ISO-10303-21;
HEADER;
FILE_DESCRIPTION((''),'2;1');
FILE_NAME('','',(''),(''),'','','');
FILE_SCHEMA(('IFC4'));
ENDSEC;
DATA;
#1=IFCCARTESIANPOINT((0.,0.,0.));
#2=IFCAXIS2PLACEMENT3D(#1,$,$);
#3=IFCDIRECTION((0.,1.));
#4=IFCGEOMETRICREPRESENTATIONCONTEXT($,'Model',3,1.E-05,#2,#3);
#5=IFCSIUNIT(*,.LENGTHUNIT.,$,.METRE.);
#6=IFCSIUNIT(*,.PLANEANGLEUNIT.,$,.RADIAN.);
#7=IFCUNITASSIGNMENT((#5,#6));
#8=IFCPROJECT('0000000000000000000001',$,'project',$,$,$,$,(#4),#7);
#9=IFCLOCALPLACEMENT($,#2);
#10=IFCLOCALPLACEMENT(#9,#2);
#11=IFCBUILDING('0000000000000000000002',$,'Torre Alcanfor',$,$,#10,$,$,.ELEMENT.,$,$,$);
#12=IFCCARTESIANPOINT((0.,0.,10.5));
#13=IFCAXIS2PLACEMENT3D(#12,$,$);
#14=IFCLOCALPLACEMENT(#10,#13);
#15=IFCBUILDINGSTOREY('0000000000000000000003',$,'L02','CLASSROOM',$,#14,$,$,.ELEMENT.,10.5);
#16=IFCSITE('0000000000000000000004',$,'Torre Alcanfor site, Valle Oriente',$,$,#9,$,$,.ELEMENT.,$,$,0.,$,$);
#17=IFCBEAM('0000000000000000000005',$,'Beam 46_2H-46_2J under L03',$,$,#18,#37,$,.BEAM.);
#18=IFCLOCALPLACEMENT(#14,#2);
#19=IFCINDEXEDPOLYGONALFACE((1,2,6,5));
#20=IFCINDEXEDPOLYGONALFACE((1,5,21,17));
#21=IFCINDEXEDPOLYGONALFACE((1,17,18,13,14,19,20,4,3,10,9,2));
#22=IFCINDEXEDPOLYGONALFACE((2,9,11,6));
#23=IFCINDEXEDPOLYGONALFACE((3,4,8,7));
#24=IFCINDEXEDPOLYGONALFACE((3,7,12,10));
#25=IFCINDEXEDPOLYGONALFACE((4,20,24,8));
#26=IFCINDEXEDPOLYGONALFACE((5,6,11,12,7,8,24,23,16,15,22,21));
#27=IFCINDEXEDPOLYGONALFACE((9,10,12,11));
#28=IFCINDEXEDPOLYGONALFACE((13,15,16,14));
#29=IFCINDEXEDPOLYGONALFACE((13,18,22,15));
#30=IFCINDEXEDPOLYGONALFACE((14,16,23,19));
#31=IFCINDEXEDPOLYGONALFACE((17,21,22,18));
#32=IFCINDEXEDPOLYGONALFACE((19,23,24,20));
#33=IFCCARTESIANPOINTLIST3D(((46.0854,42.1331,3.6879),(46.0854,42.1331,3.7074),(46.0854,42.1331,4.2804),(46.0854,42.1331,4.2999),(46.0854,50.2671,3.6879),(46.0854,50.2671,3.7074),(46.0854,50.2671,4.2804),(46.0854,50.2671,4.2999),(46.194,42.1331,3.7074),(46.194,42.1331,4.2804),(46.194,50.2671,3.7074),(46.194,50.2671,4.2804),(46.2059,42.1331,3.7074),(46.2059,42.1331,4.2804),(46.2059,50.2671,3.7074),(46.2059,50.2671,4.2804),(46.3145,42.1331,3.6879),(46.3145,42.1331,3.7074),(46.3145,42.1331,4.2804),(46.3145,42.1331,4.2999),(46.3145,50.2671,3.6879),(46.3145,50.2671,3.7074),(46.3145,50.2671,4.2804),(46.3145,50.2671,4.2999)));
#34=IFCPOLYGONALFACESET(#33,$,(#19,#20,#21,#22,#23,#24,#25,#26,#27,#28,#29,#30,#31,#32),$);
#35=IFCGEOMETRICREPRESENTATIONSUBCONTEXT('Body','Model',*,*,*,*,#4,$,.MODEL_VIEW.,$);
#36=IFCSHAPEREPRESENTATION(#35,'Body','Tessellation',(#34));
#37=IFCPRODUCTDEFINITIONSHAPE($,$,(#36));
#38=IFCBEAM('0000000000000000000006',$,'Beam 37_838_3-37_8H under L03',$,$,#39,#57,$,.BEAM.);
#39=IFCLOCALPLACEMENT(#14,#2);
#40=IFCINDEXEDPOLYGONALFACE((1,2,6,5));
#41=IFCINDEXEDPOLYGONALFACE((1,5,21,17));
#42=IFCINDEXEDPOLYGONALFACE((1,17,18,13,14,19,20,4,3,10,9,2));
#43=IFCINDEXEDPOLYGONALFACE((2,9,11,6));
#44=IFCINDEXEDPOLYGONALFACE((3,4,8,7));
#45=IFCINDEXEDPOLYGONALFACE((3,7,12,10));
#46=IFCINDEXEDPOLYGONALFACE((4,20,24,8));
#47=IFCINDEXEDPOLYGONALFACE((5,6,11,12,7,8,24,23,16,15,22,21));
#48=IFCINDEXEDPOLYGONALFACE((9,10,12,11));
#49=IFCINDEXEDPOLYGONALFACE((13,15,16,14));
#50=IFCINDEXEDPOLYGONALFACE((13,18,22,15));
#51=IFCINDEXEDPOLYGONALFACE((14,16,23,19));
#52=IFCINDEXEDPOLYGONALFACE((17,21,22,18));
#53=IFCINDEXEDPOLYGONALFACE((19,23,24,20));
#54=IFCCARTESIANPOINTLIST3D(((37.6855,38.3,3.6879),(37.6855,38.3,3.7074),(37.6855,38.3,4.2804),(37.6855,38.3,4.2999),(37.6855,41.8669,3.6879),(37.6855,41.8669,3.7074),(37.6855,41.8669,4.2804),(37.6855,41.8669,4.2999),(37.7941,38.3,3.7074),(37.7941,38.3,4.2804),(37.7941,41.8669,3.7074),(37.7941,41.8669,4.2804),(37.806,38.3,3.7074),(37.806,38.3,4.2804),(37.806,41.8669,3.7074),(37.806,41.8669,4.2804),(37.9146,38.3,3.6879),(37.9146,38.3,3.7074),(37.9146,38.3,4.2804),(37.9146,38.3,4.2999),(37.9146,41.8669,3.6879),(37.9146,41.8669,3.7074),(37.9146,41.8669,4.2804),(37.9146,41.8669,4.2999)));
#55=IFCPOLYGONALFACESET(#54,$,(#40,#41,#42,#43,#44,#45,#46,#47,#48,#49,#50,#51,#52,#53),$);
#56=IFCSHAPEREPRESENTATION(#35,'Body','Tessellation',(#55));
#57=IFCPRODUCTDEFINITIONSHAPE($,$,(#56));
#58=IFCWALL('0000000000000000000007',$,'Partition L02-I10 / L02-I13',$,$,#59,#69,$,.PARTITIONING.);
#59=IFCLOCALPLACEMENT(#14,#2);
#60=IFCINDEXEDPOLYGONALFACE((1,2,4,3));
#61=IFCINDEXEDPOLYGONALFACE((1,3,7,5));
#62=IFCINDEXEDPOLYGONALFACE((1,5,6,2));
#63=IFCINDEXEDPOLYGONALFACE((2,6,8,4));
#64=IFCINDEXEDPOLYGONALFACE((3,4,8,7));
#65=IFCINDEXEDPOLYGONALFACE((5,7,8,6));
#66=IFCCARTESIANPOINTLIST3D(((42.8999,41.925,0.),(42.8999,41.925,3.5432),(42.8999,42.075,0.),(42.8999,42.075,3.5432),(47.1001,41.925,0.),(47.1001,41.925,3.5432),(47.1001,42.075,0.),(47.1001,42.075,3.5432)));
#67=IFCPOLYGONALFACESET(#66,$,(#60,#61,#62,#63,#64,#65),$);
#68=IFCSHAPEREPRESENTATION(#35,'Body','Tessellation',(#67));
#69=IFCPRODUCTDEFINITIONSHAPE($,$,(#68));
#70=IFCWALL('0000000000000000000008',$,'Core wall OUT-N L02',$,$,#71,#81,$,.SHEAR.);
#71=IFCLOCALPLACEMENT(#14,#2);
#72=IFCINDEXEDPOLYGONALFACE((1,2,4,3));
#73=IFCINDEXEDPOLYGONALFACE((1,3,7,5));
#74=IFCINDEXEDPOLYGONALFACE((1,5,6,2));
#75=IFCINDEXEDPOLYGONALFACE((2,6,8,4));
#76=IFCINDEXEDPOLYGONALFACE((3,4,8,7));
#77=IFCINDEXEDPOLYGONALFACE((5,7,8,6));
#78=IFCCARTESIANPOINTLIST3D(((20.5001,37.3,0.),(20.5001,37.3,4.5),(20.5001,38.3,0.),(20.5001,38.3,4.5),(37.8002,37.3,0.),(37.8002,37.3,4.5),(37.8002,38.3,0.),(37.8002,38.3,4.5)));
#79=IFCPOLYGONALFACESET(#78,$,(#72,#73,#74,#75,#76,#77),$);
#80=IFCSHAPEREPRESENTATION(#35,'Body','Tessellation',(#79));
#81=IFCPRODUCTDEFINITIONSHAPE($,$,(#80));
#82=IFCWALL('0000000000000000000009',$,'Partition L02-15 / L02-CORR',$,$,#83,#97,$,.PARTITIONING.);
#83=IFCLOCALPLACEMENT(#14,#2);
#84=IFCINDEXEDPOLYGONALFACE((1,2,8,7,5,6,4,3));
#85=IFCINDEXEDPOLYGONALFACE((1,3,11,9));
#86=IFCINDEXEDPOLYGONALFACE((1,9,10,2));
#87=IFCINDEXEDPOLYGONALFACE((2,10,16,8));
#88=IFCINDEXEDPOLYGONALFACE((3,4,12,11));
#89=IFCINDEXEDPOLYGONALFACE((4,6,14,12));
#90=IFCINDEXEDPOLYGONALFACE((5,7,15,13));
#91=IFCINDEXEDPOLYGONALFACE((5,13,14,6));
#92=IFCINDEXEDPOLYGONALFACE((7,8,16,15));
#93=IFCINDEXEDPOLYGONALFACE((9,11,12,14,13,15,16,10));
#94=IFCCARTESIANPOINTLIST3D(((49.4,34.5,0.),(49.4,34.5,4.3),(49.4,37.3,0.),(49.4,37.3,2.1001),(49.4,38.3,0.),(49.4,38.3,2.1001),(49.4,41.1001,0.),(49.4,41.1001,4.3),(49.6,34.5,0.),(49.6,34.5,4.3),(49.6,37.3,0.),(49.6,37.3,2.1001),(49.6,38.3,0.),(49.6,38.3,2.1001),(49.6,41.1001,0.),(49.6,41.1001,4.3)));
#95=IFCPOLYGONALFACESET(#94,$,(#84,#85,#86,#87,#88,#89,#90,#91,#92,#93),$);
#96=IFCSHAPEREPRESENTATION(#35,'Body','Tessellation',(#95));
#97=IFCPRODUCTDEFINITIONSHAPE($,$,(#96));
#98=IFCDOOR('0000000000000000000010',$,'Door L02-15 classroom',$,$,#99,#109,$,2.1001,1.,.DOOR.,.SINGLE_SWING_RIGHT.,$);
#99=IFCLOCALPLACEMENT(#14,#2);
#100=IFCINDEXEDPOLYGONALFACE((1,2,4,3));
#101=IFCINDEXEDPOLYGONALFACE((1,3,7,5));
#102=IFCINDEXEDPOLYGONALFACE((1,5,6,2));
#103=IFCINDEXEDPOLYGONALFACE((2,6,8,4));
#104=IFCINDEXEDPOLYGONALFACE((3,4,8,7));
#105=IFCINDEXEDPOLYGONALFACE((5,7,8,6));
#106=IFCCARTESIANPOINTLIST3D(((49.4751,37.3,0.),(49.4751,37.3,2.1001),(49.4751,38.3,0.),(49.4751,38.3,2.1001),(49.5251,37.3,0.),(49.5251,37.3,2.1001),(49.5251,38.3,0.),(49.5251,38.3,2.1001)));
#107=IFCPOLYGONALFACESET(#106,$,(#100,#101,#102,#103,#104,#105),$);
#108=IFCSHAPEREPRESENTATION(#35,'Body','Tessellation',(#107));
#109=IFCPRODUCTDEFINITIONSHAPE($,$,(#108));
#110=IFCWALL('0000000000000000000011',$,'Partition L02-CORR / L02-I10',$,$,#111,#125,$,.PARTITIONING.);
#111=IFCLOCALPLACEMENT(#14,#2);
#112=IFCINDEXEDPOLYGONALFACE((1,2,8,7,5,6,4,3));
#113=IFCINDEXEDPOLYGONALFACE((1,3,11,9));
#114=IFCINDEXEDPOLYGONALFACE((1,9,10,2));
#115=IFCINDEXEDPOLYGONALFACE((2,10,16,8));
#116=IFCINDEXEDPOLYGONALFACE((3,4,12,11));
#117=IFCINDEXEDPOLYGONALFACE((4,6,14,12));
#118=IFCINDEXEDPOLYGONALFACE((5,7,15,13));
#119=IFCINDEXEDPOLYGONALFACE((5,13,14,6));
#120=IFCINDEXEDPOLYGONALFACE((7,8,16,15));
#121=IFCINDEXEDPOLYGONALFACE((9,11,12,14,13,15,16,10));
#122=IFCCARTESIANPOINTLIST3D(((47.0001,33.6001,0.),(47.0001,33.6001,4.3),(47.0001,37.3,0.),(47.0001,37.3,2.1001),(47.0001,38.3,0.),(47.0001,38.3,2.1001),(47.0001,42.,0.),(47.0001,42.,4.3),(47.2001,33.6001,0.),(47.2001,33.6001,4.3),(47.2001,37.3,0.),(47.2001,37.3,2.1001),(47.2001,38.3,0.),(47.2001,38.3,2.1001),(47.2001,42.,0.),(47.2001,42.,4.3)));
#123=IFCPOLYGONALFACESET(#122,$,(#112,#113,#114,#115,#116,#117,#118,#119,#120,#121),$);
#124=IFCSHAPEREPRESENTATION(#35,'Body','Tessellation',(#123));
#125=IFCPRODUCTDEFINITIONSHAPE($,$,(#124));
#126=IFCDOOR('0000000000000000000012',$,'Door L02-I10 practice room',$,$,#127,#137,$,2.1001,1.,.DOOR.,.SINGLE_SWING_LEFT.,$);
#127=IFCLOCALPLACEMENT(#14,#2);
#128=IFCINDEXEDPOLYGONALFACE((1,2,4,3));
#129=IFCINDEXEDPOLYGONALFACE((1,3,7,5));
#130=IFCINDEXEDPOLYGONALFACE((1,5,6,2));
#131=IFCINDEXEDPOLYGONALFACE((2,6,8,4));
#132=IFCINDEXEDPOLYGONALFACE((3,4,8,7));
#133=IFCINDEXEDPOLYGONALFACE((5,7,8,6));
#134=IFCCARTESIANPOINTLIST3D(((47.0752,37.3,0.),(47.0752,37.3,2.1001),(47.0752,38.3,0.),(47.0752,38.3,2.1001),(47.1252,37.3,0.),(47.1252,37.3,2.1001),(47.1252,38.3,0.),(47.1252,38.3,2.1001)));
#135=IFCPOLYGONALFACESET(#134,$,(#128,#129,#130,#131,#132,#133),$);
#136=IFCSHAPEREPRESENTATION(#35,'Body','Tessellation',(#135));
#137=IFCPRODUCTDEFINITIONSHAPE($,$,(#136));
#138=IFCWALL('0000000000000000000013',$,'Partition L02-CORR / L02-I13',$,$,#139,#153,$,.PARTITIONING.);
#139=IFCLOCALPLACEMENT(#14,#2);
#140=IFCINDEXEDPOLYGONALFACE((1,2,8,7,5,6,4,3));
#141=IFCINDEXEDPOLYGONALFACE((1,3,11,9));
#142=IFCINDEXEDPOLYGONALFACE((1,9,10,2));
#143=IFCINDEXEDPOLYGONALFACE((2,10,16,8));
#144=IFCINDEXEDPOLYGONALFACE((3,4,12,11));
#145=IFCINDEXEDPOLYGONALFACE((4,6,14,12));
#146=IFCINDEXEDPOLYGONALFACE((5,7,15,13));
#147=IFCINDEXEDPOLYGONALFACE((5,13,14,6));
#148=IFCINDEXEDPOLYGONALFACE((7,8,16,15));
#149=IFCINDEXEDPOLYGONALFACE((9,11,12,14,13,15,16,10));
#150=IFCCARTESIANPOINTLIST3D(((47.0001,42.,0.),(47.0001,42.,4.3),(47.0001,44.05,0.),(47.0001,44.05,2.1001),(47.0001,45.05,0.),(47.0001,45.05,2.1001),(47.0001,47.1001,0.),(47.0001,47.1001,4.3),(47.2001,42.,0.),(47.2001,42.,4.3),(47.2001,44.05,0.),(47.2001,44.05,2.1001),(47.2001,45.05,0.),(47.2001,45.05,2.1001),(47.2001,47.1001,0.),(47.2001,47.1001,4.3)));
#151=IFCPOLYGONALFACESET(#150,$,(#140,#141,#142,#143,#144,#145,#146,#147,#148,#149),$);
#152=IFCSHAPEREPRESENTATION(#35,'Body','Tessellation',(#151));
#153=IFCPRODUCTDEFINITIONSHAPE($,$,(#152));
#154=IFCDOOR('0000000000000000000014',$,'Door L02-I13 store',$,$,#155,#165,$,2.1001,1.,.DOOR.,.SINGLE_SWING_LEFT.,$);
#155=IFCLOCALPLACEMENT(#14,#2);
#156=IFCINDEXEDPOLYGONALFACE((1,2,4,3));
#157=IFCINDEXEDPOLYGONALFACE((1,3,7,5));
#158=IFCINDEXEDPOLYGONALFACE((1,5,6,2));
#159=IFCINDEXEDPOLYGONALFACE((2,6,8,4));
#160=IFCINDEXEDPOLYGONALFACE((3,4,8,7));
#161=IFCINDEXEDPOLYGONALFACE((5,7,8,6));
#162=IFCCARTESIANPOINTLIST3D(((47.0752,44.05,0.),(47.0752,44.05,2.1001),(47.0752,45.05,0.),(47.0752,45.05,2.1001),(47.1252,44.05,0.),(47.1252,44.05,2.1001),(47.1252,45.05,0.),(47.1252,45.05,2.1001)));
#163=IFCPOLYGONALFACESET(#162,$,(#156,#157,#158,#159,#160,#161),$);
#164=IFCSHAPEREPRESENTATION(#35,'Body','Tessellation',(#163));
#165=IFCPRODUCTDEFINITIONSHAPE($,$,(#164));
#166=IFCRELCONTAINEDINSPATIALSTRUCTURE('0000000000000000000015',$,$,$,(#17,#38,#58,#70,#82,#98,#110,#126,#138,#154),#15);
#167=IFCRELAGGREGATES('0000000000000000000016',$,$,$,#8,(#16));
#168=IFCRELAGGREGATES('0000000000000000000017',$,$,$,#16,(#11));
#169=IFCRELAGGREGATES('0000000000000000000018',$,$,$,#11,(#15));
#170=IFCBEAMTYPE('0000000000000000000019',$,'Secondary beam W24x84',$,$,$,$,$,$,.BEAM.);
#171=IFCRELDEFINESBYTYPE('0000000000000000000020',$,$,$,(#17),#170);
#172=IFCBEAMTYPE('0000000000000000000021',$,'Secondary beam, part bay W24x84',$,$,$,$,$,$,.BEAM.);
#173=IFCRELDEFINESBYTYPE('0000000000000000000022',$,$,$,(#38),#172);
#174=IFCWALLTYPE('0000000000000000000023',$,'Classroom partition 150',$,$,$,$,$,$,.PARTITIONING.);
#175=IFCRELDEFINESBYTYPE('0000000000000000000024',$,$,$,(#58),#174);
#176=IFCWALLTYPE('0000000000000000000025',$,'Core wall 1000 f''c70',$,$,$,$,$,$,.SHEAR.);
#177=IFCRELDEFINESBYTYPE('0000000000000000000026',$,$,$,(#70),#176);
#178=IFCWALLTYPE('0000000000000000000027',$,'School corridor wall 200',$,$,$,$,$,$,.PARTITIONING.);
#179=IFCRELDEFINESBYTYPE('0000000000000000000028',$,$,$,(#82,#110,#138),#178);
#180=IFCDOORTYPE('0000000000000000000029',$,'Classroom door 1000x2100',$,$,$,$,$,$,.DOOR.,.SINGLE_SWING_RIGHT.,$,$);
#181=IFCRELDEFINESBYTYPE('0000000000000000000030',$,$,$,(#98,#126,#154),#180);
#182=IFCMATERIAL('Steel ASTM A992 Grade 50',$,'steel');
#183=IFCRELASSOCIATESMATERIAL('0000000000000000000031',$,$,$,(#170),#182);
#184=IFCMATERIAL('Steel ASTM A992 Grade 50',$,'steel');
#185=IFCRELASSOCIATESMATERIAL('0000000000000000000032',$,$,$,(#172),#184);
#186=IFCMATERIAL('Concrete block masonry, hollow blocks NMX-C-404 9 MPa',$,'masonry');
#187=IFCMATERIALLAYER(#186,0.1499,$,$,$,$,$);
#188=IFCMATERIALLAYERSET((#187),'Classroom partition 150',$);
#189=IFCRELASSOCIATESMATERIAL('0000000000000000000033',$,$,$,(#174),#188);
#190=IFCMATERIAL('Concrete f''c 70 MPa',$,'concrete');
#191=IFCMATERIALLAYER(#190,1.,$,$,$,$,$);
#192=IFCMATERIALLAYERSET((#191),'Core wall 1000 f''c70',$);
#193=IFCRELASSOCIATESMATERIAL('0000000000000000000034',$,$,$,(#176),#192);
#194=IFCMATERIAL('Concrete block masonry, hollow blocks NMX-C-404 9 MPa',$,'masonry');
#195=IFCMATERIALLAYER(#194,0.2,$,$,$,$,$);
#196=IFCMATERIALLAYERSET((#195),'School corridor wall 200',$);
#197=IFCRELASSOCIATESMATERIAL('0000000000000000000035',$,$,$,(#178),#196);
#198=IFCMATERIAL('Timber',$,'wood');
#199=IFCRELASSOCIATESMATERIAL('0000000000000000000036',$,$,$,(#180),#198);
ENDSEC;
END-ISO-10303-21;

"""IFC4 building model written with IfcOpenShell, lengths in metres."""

from ifc_helpers import new_model, si_unit, direction, frame, frame_2d, origin, origin_2d, place, context, subcontext, project, spatial, rectangle, i_section, extrude, material, layer, layer_set, material_profile, profile_set, type_object, element, fill, save


model = new_model("IFC4")

# Units and contexts
model_context = context("Model", 3, precision=1e-05, world=origin(), true_north=direction((0.0, 1.0)))
body_context = subcontext(model_context, "Body", "Model", "MODEL_VIEW")
ifc_project = project(units=[si_unit("LENGTHUNIT", "METRE"), si_unit("PLANEANGLEUNIT", "RADIAN")], contexts=[model_context])

# Site, building, storey
site_placement = place(None, origin())
site = spatial("IfcSite", under=ifc_project, at=site_placement, Name="Torre Alcanfor site, Valle Oriente", CompositionType="ELEMENT", RefElevation=0.0)
building_placement = place(site_placement, origin())
building = spatial("IfcBuilding", under=site, at=building_placement, Name="Torre Alcanfor", CompositionType="ELEMENT")
storey_placement = place(building_placement, frame((0.0, 0.0, 10.5)))
storey = spatial("IfcBuildingStorey", under=building, at=storey_placement, Name="L02", Description="CLASSROOM", CompositionType="ELEMENT", Elevation=10.5)

# Beams
ifc_material_1 = material(Name="Steel ASTM A992 Grade 50", Category="steel")
ifc_material_profile_1 = material_profile(ifc_material_1, i_section(OverallWidth=0.229, OverallDepth=0.6121, WebThickness=0.012, FlangeThickness=0.0195, at=origin_2d()), Name="W24x84")
ifc_profile_set_1 = profile_set([ifc_material_profile_1], Name="Steel ASTM A992 Grade 50")
beam_type_1 = type_object("IfcBeamType", Name="Secondary beam W24x84", PredefinedType="BEAM", material=ifc_profile_set_1)
for number, where, z_axis, x_axis, name in (
    (1, (46.2, 42.1331, 3.9939), (0.0, 1.0, 0.0), (-1.0, 0.0, 0.0), "Beam 46_2H-46_2J under L03"),
):
    element("IfcBeam", number, at=place(storey_placement, frame(where, z_axis=z_axis, x_axis=x_axis)), inside=storey, type_object=beam_type_1, Name=name, PredefinedType="BEAM", context=body_context, shape_type="SweptSolid", body=[
        extrude(i_section(OverallWidth=0.229, OverallDepth=0.6121, WebThickness=0.012, FlangeThickness=0.0195, at=origin_2d()), origin(), (0.0, 0.0, 1.0), 8.134),
    ])
ifc_material_2 = material(Name="Steel ASTM A992 Grade 50", Category="steel")
ifc_material_profile_2 = material_profile(ifc_material_2, i_section(OverallWidth=0.229, OverallDepth=0.6121, WebThickness=0.012, FlangeThickness=0.0195, at=origin_2d()), Name="W24x84")
ifc_profile_set_2 = profile_set([ifc_material_profile_2], Name="Steel ASTM A992 Grade 50")
beam_type_2 = type_object("IfcBeamType", Name="Secondary beam, part bay W24x84", PredefinedType="BEAM", material=ifc_profile_set_2)
beam_placement = place(storey_placement, frame((37.8, 38.3, 3.9939), z_axis=(0.0, 1.0, 0.0), x_axis=(-1.0, 0.0, 0.0)))
element("IfcBeam", 2, at=beam_placement, inside=storey, type_object=beam_type_2, Name="Beam 37_838_3-37_8H under L03", PredefinedType="BEAM", context=body_context, shape_type="SweptSolid", body=[
    extrude(i_section(OverallWidth=0.229, OverallDepth=0.6121, WebThickness=0.012, FlangeThickness=0.0195, at=origin_2d()), origin(), (0.0, 0.0, 1.0), 3.5669),
])

# Walls
ifc_material_3 = material(Name="Concrete block masonry, hollow blocks NMX-C-404 9 MPa", Category="masonry")
ifc_layer_1 = layer(ifc_material_3, 0.1499)
ifc_layer_set_1 = layer_set([ifc_layer_1], Name="Classroom partition 150")
wall_type_1 = type_object("IfcWallType", Name="Classroom partition 150", PredefinedType="PARTITIONING", material=ifc_layer_set_1)
wall_1_placement = place(storey_placement, frame((42.8999, 42.0, 0.0), z_axis=(0.0, 0.0, 1.0), x_axis=(1.0, 0.0, 0.0)))
element("IfcWall", 3, at=wall_1_placement, inside=storey, type_object=wall_type_1, Name="Partition L02-I10 / L02-I13", PredefinedType="PARTITIONING", context=body_context, shape_type="SweptSolid", body=[
    extrude(rectangle(XDim=4.2002, YDim=0.1499, at=frame_2d((2.1001, 0.0))), origin(), (0.0, 0.0, 1.0), 3.5432),
])
ifc_material_4 = material(Name="Concrete f'c 70 MPa", Category="concrete")
ifc_layer_2 = layer(ifc_material_4, 1.0)
ifc_layer_set_2 = layer_set([ifc_layer_2], Name="Core wall 1000 f'c70")
wall_type_2 = type_object("IfcWallType", Name="Core wall 1000 f'c70", PredefinedType="SHEAR", material=ifc_layer_set_2)
wall_2_placement = place(storey_placement, frame((37.8, 37.8, 0.0), z_axis=(0.0, 0.0, 1.0), x_axis=(-1.0, 0.0, 0.0)))
element("IfcWall", 4, at=wall_2_placement, inside=storey, type_object=wall_type_2, Name="Core wall OUT-N L02", PredefinedType="SHEAR", context=body_context, shape_type="SweptSolid", body=[
    extrude(rectangle(XDim=17.3, YDim=1.0, at=frame_2d((8.6499, 0.0))), origin(), (0.0, 0.0, 1.0), 4.5),
])

# Walls, openings, doors
ifc_material_5 = material(Name="Concrete block masonry, hollow blocks NMX-C-404 9 MPa", Category="masonry")
ifc_layer_3 = layer(ifc_material_5, 0.2)
ifc_layer_set_3 = layer_set([ifc_layer_3], Name="School corridor wall 200")
wall_type_3 = type_object("IfcWallType", Name="School corridor wall 200", PredefinedType="PARTITIONING", material=ifc_layer_set_3)
wall_3_placement = place(storey_placement, frame((49.5, 34.5, 0.0), z_axis=(0.0, 0.0, 1.0), x_axis=(0.0, 1.0, 0.0)))
wall_3 = element("IfcWall", 5, at=wall_3_placement, inside=storey, type_object=wall_type_3, Name="Partition L02-15 / L02-CORR", PredefinedType="PARTITIONING", context=body_context, shape_type="SweptSolid", body=[
    extrude(rectangle(XDim=6.6001, YDim=0.2, at=frame_2d((3.3, 0.0))), origin(), (0.0, 0.0, 1.0), 4.3),
])
opening_1_placement = place(wall_3_placement, frame((2.8, 0.0, 0.0)))
opening_1 = element("IfcOpeningElement", 6, at=opening_1_placement, cuts=wall_3, PredefinedType="OPENING", context=body_context, shape_type="SweptSolid", body=[
    extrude(rectangle(XDim=1.0, YDim=2.1001, at=frame_2d((0.5, 1.05))), frame((0.0, 0.1099, 0.0), z_axis=(0.0, -1.0, 0.0), x_axis=(1.0, 0.0, 0.0)), (0.0, 0.0, 1.0), 0.22),
])
ifc_material_6 = material(Name="Timber", Category="wood")
door_type = type_object("IfcDoorType", Name="Classroom door 1000x2100", OperationType="SINGLE_SWING_RIGHT", PredefinedType="DOOR", material=ifc_material_6)
door_1_placement = place(opening_1_placement, frame((1.0, 0.0, 0.0), z_axis=(0.0, 0.0, 1.0), x_axis=(-1.0, 0.0, 0.0)))
door_1 = element("IfcDoor", 7, at=door_1_placement, inside=storey, type_object=door_type, Name="Door L02-15 classroom", OperationType="SINGLE_SWING_RIGHT", OverallHeight=2.1001, OverallWidth=1.0, PredefinedType="DOOR", context=body_context, shape_type="SweptSolid", body=[
    extrude(rectangle(XDim=1.0, YDim=2.1001, at=frame_2d((0.5, 1.05))), frame((0.0, 0.0251, 0.0), z_axis=(0.0, -1.0, 0.0), x_axis=(1.0, 0.0, 0.0)), (0.0, 0.0, 1.0), 0.05),
])
fill(opening_1, door_1)
wall_4_placement = place(storey_placement, frame((47.1001, 33.6001, 0.0), z_axis=(0.0, 0.0, 1.0), x_axis=(0.0, 1.0, 0.0)))
wall_4 = element("IfcWall", 8, at=wall_4_placement, inside=storey, type_object=wall_type_3, Name="Partition L02-CORR / L02-I10", PredefinedType="PARTITIONING", context=body_context, shape_type="SweptSolid", body=[
    extrude(rectangle(XDim=8.3999, YDim=0.2, at=frame_2d((4.2, 0.0))), origin(), (0.0, 0.0, 1.0), 4.3),
])
opening_2_placement = place(wall_4_placement, frame((3.7, 0.0, 0.0)))
opening_2 = element("IfcOpeningElement", 9, at=opening_2_placement, cuts=wall_4, PredefinedType="OPENING", context=body_context, shape_type="SweptSolid", body=[
    extrude(rectangle(XDim=1.0, YDim=2.1001, at=frame_2d((0.5, 1.05))), frame((0.0, 0.1099, 0.0), z_axis=(0.0, -1.0, 0.0), x_axis=(1.0, 0.0, 0.0)), (0.0, 0.0, 1.0), 0.22),
])
door_2_placement = place(opening_2_placement, origin())
door_2 = element("IfcDoor", 10, at=door_2_placement, inside=storey, type_object=door_type, Name="Door L02-I10 practice room", OperationType="SINGLE_SWING_LEFT", OverallHeight=2.1001, OverallWidth=1.0, PredefinedType="DOOR", context=body_context, shape_type="SweptSolid", body=[
    extrude(rectangle(XDim=1.0, YDim=2.1001, at=frame_2d((0.5, 1.05))), frame((0.0, 0.0249, 0.0), z_axis=(0.0, -1.0, 0.0), x_axis=(1.0, 0.0, 0.0)), (0.0, 0.0, 1.0), 0.05),
])
fill(opening_2, door_2)
wall_5_placement = place(storey_placement, frame((47.1001, 42.0, 0.0), z_axis=(0.0, 0.0, 1.0), x_axis=(0.0, 1.0, 0.0)))
wall_5 = element("IfcWall", 11, at=wall_5_placement, inside=storey, type_object=wall_type_3, Name="Partition L02-CORR / L02-I13", PredefinedType="PARTITIONING", context=body_context, shape_type="SweptSolid", body=[
    extrude(rectangle(XDim=5.1001, YDim=0.2, at=frame_2d((2.55, 0.0))), origin(), (0.0, 0.0, 1.0), 4.3),
])
opening_3_placement = place(wall_5_placement, frame((2.05, 0.0, 0.0)))
opening_3 = element("IfcOpeningElement", 12, at=opening_3_placement, cuts=wall_5, PredefinedType="OPENING", context=body_context, shape_type="SweptSolid", body=[
    extrude(rectangle(XDim=1.0, YDim=2.1001, at=frame_2d((0.5, 1.05))), frame((0.0, 0.1099, 0.0), z_axis=(0.0, -1.0, 0.0), x_axis=(1.0, 0.0, 0.0)), (0.0, 0.0, 1.0), 0.22),
])
door_3_placement = place(opening_3_placement, origin())
door_3 = element("IfcDoor", 13, at=door_3_placement, inside=storey, type_object=door_type, Name="Door L02-I13 store", OperationType="SINGLE_SWING_LEFT", OverallHeight=2.1001, OverallWidth=1.0, PredefinedType="DOOR", context=body_context, shape_type="SweptSolid", body=[
    extrude(rectangle(XDim=1.0, YDim=2.1001, at=frame_2d((0.5, 1.05))), frame((0.0, 0.0249, 0.0), z_axis=(0.0, -1.0, 0.0), x_axis=(1.0, 0.0, 0.0)), (0.0, 0.0, 1.0), 0.05),
])
fill(opening_3, door_3)

save(model, "model.ifc")
